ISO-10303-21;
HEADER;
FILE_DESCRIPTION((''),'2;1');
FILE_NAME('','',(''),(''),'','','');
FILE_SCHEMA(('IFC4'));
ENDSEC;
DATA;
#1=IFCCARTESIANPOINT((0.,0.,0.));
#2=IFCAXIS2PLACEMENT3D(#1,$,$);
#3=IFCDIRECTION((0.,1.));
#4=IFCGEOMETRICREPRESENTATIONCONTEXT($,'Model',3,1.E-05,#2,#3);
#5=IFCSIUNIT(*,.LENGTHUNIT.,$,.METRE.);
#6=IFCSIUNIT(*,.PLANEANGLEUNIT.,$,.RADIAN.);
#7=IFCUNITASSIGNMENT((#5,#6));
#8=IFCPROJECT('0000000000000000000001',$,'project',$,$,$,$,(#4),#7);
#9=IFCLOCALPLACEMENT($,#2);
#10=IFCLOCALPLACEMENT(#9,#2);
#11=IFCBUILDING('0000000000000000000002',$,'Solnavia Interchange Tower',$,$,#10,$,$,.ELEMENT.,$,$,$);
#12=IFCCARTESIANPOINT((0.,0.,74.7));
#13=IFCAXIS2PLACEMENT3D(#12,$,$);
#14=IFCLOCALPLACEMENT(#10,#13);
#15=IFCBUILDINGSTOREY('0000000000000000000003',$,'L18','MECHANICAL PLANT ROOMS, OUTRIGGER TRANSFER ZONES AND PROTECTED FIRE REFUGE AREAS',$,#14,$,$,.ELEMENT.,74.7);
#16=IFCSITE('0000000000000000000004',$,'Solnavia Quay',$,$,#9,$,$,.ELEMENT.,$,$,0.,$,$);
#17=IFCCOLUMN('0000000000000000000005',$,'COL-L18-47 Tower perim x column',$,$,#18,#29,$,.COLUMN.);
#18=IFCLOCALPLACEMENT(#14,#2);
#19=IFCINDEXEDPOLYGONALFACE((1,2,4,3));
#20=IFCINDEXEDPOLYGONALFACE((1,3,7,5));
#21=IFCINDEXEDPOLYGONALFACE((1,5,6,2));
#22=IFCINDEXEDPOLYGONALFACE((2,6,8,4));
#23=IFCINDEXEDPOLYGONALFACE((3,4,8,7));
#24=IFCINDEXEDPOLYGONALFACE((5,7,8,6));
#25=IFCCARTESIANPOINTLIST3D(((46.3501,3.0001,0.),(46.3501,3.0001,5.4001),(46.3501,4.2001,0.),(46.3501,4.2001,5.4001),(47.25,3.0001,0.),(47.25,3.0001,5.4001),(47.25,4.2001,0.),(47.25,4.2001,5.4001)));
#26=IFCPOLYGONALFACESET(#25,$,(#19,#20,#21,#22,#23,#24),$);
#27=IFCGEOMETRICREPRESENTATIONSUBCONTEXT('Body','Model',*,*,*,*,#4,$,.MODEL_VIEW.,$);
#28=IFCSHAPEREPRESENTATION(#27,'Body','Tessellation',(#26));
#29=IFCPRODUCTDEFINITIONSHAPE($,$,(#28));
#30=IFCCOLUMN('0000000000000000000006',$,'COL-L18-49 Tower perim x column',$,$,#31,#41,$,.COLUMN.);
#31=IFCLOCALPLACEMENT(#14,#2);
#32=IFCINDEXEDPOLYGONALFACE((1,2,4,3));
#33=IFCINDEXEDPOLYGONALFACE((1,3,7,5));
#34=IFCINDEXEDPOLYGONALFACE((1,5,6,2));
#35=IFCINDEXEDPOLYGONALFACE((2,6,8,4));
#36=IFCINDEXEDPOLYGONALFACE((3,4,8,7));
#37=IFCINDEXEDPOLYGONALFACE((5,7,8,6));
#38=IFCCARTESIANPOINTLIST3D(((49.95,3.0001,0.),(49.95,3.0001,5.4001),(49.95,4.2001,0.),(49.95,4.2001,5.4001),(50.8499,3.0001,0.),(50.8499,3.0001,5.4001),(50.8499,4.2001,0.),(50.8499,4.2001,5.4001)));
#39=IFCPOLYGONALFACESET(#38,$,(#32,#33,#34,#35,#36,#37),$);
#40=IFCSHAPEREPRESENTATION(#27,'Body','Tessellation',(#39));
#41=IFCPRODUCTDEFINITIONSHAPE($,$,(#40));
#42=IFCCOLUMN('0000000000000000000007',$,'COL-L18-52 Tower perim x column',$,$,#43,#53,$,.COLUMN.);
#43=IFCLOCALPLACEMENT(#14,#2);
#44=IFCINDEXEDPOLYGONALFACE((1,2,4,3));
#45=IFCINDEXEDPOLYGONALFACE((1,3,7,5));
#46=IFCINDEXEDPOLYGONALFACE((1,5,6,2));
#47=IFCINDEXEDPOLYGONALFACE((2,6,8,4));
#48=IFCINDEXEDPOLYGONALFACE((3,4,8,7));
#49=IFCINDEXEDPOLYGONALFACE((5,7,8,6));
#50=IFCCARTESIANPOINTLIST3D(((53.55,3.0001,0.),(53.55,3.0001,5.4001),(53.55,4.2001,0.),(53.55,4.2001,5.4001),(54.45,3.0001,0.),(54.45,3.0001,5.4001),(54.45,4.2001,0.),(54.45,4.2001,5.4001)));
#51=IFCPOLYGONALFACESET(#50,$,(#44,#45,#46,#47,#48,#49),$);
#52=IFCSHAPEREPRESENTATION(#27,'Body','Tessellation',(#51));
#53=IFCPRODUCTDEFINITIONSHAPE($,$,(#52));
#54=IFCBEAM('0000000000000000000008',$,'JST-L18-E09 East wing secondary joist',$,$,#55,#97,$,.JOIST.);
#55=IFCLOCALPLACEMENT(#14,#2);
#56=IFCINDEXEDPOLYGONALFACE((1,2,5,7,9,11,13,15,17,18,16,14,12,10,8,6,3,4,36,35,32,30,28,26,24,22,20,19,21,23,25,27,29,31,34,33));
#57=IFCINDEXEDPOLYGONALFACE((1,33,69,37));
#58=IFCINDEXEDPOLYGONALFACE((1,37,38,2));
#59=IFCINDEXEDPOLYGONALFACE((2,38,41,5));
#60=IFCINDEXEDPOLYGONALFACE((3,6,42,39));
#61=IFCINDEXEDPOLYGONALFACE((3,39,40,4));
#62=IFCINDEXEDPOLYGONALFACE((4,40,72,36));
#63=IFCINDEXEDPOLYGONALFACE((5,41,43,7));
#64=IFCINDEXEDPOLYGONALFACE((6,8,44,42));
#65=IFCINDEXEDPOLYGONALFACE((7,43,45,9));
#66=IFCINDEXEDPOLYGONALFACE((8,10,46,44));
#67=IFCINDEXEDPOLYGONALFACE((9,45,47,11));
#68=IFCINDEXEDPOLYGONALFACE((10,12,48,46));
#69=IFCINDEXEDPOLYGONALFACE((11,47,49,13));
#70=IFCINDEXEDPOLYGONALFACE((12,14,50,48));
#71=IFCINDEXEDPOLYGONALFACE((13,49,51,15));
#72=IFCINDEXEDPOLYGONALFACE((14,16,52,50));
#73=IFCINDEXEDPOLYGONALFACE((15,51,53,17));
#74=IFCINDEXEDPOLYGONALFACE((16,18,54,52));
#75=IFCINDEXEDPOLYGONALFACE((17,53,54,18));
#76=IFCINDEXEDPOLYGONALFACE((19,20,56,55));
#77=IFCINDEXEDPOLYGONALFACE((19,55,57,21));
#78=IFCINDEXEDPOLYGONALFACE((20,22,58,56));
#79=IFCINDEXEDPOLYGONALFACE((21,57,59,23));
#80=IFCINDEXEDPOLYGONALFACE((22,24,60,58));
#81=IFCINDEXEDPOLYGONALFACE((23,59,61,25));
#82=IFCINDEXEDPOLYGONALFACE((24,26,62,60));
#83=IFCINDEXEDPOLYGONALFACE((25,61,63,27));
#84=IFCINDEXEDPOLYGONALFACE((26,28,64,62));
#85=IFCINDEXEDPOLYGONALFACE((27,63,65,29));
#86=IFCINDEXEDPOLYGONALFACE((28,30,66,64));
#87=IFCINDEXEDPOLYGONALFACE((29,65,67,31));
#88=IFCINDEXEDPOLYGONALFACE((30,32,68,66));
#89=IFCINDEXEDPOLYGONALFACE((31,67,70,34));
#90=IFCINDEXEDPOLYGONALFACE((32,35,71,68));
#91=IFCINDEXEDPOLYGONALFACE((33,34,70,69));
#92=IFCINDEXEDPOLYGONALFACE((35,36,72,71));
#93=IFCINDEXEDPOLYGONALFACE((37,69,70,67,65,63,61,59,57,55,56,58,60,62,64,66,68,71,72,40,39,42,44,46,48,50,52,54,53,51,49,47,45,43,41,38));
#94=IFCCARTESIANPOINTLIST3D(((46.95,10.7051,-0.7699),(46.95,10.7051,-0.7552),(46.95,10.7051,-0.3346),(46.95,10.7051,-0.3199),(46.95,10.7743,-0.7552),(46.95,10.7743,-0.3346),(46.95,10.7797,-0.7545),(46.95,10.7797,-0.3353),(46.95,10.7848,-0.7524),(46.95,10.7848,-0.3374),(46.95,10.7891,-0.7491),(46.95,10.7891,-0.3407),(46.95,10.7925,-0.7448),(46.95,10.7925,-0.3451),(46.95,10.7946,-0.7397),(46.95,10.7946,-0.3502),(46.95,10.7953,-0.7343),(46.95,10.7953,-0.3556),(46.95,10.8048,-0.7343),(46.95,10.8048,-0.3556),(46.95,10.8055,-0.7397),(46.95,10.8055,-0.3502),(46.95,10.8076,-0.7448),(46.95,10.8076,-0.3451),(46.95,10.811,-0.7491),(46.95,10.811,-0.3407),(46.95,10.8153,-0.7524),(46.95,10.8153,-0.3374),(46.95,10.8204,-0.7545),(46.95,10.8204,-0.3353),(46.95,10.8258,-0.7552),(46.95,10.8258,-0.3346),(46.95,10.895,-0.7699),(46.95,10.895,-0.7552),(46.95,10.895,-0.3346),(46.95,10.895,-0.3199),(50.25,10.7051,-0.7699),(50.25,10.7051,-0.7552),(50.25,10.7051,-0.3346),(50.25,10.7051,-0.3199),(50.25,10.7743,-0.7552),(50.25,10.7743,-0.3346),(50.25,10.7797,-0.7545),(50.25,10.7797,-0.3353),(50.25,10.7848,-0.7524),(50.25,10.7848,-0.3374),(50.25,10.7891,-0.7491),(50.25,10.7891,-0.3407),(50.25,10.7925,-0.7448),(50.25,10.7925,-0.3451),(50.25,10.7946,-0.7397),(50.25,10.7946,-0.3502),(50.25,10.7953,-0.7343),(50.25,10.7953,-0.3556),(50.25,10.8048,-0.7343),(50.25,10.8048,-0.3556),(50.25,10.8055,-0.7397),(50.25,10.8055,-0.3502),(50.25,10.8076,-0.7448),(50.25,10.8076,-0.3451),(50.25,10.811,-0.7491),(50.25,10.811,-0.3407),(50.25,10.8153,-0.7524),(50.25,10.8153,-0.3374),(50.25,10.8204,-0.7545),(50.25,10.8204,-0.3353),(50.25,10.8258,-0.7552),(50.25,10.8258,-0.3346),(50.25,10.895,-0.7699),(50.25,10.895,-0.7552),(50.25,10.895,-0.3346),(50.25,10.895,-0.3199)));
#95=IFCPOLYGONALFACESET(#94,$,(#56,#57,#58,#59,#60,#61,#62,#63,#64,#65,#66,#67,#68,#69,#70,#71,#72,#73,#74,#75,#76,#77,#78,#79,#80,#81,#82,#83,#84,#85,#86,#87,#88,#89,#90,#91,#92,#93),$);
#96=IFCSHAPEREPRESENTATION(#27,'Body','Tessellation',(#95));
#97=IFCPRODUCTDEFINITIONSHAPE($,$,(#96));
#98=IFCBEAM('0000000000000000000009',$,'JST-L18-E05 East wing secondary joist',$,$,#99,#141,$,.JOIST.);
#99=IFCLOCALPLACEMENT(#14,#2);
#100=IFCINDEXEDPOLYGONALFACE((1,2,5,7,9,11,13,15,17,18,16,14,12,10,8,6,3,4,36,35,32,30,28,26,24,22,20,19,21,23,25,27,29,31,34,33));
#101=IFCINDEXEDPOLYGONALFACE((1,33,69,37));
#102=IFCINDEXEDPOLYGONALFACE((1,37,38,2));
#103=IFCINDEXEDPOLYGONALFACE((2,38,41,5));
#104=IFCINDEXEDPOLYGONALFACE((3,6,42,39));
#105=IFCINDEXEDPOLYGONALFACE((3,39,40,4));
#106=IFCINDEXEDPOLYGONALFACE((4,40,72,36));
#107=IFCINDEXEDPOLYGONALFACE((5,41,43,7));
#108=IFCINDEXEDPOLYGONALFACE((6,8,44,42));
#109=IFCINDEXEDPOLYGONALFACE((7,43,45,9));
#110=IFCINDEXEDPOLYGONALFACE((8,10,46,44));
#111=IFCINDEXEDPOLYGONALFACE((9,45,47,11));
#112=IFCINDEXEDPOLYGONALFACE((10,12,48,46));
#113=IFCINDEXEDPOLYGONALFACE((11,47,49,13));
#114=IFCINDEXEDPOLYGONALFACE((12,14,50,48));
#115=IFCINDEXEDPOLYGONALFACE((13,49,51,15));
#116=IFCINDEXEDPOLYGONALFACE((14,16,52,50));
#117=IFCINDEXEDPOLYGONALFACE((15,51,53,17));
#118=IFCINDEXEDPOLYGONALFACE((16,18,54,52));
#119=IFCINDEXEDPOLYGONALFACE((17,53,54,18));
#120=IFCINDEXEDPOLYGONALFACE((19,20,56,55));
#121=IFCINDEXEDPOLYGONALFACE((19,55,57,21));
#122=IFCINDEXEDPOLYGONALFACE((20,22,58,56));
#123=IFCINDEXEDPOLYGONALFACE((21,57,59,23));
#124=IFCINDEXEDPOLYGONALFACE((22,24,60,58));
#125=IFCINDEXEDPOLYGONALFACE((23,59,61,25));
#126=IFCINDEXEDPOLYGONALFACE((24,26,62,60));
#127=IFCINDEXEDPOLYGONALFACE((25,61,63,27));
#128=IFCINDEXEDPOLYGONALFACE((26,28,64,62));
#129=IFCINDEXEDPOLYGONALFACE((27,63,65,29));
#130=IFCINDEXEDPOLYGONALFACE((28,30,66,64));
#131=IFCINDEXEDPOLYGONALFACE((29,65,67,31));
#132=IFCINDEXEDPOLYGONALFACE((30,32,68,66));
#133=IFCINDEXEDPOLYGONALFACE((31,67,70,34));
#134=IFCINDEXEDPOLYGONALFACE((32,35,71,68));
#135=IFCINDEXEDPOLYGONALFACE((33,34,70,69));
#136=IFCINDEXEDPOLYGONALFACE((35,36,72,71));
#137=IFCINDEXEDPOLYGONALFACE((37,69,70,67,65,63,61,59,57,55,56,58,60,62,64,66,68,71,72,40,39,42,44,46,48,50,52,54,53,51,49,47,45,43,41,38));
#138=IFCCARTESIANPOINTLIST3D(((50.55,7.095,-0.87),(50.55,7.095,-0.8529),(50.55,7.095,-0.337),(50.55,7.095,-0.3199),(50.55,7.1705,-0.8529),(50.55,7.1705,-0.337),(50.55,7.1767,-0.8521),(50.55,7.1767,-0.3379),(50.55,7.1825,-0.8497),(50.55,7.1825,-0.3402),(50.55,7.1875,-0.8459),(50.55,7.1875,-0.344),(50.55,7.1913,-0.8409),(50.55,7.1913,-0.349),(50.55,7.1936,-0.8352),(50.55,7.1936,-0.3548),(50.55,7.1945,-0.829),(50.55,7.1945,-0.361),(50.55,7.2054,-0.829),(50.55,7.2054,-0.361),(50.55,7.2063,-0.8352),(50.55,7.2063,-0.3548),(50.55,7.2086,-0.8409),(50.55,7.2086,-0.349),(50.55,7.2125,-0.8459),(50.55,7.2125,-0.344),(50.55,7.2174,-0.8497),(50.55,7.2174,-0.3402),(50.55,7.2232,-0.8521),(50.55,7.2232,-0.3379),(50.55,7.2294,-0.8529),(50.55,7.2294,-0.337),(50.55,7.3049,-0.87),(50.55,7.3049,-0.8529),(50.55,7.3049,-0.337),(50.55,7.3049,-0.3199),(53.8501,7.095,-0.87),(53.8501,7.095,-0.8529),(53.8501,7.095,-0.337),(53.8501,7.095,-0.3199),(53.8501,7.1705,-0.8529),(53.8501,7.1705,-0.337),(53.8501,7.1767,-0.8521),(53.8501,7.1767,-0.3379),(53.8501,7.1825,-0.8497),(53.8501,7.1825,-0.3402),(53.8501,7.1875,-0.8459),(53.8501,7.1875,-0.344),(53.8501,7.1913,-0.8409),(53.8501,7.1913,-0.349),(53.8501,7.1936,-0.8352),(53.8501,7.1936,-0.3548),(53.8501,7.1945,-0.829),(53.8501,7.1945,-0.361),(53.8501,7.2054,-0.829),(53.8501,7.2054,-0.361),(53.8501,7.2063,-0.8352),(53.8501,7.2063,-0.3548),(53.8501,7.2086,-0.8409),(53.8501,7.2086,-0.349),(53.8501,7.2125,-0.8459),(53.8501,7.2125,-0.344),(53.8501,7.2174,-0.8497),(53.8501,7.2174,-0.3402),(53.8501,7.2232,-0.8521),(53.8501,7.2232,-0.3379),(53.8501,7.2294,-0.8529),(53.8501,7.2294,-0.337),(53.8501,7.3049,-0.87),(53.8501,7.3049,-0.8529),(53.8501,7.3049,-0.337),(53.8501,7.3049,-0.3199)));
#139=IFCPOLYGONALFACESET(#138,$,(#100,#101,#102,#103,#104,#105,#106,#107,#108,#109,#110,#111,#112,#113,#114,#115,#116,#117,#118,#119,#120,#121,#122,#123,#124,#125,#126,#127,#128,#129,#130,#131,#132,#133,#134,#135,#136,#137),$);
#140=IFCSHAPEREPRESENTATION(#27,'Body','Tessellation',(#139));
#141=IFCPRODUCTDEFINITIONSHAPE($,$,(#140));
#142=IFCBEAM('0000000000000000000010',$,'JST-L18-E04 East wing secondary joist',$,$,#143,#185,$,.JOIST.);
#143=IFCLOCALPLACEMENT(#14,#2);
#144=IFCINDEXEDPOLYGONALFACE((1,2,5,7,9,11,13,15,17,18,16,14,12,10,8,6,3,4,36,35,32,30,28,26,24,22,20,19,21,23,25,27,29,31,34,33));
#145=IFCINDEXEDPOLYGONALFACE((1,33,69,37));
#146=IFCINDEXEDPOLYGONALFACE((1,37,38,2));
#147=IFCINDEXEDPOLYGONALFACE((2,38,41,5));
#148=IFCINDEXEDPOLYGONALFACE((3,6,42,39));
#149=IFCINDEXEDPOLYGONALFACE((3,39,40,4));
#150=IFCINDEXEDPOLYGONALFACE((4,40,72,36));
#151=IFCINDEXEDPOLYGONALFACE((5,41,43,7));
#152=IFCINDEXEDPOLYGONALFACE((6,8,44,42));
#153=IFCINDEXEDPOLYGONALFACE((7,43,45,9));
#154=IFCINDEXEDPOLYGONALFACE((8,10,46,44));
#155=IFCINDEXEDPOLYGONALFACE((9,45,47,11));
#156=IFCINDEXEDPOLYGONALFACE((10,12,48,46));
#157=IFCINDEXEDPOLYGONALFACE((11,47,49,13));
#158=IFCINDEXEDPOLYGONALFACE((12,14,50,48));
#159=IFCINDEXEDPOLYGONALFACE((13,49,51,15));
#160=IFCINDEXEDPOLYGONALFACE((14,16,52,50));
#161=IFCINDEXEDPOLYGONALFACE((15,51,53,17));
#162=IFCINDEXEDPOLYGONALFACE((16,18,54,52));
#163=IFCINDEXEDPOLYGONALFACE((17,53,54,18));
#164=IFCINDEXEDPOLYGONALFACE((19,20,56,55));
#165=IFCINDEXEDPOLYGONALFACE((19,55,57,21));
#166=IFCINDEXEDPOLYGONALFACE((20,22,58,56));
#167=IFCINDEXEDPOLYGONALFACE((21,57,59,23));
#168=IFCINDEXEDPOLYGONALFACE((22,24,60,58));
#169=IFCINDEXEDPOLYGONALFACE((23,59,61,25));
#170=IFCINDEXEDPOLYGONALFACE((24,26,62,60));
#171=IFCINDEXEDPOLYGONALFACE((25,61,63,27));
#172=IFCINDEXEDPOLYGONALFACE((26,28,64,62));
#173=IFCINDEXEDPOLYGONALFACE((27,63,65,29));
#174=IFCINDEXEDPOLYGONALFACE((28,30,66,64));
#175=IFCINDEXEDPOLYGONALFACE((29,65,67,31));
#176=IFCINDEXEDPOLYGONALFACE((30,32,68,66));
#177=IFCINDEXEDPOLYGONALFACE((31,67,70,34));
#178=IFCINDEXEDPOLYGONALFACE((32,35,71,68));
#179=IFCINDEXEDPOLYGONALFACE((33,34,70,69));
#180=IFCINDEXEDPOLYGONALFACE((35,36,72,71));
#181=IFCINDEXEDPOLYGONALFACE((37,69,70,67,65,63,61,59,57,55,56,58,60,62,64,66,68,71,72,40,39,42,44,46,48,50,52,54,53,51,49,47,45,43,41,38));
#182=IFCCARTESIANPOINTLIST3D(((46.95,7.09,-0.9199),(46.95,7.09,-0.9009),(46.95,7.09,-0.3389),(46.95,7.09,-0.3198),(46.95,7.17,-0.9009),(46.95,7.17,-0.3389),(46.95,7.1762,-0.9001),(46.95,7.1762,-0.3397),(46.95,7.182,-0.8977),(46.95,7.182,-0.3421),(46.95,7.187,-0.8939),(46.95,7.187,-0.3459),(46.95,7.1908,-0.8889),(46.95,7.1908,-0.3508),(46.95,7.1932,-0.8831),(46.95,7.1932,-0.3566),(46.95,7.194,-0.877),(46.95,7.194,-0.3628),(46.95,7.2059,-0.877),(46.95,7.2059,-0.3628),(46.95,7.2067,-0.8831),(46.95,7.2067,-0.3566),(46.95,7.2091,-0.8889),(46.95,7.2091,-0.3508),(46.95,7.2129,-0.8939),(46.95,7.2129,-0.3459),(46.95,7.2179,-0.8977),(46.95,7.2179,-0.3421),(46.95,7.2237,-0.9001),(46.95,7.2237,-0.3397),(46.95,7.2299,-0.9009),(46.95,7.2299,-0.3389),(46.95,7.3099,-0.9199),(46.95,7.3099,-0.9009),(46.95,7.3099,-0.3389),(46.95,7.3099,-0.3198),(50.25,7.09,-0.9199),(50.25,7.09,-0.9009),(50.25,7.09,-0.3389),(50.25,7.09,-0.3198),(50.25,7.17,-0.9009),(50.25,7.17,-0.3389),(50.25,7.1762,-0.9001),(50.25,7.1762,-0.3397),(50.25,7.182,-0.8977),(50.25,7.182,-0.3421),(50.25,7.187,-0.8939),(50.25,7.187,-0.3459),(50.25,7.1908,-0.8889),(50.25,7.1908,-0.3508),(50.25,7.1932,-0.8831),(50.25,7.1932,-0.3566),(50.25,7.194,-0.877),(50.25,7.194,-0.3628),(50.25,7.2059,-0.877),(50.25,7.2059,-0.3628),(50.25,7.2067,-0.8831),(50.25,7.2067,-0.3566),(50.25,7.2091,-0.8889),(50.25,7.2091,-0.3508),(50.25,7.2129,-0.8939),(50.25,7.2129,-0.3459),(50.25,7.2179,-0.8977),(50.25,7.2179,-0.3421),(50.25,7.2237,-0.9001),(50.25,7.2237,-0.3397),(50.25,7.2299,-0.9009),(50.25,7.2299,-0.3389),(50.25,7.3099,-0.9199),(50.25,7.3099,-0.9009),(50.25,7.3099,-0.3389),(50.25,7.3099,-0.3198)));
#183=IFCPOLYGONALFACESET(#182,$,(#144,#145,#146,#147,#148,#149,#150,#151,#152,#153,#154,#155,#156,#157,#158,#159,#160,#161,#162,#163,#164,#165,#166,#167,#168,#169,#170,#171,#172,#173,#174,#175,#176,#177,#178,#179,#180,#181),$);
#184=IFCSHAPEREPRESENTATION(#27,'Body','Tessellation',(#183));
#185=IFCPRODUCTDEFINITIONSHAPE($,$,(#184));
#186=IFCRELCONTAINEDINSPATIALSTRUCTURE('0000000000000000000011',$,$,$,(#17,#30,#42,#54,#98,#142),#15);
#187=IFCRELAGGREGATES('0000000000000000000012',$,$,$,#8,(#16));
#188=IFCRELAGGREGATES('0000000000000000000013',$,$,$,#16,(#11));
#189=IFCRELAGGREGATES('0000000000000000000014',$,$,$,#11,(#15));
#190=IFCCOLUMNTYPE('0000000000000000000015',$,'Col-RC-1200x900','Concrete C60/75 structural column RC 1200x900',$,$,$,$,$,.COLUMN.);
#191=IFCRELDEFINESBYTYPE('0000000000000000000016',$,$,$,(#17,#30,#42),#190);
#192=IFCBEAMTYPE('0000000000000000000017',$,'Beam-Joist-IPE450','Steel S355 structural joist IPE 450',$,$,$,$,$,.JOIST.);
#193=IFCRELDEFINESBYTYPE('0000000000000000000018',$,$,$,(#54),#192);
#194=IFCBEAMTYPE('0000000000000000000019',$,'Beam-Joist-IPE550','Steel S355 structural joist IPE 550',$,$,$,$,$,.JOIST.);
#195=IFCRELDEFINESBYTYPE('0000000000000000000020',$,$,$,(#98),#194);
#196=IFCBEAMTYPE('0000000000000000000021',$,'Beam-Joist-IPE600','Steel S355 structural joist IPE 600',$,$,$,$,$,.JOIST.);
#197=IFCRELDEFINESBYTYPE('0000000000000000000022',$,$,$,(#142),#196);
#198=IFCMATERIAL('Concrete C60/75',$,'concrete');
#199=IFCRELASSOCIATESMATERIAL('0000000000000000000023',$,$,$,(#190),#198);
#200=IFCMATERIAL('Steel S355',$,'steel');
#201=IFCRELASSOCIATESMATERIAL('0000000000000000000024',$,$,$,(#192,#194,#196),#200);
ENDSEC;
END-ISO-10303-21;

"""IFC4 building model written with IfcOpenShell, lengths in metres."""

from ifc_helpers import new_model, si_unit, direction, frame, origin, origin_2d, place, context, subcontext, project, spatial, rectangle, i_section, extrude, material, material_profile, profile_set, type_object, element, save


model = new_model("IFC4")

# Units and contexts
model_context = context("Model", 3, precision=1e-05, world=origin(), true_north=direction((0.0, 1.0)))
body_context = subcontext(model_context, "Body", "Model", "MODEL_VIEW")
ifc_project = project(units=[si_unit("LENGTHUNIT", "METRE"), si_unit("PLANEANGLEUNIT", "RADIAN")], contexts=[model_context])

# Site, building, storey
site_placement = place(None, origin())
site = spatial("IfcSite", under=ifc_project, at=site_placement, Name="Solnavia Quay", CompositionType="ELEMENT", RefElevation=0.0)
building_placement = place(site_placement, origin())
building = spatial("IfcBuilding", under=site, at=building_placement, Name="Solnavia Interchange Tower", CompositionType="ELEMENT")
storey_placement = place(building_placement, frame((0.0, 0.0, 74.7)))
storey = spatial("IfcBuildingStorey", under=building, at=storey_placement, Name="L18", Description="MECHANICAL PLANT ROOMS, OUTRIGGER TRANSFER ZONES AND PROTECTED FIRE REFUGE AREAS", CompositionType="ELEMENT", Elevation=74.7)

# Columns
ifc_material_1 = material(Name="Concrete C60/75", Category="concrete")
ifc_material_profile_1 = material_profile(ifc_material_1, rectangle(XDim=0.8999, YDim=1.2, at=origin_2d()), Name="RC 1200x900")
ifc_profile_set_1 = profile_set([ifc_material_profile_1], Name="Concrete C60/75")
column_type = type_object("IfcColumnType", Name="Col-RC-1200x900", Description="Concrete C60/75 structural column RC 1200x900", PredefinedType="COLUMN", material=ifc_profile_set_1)
for number, where, z_axis, x_axis, name in (
    (1, (46.8, 3.6001, 0.0), (0.0, 0.0, 1.0), (1.0, 0.0, 0.0), "COL-L18-47 Tower perim x column"),
    (2, (50.3999, 3.6001, 0.0), (0.0, 0.0, 1.0), (1.0, 0.0, 0.0), "COL-L18-49 Tower perim x column"),
    (3, (54.0, 3.6001, 0.0), (0.0, 0.0, 1.0), (1.0, 0.0, 0.0), "COL-L18-52 Tower perim x column"),
):
    element("IfcColumn", number, at=place(storey_placement, frame(where, z_axis=z_axis, x_axis=x_axis)), inside=storey, type_object=column_type, Name=name, PredefinedType="COLUMN", context=body_context, shape_type="SweptSolid", body=[
        extrude(rectangle(XDim=0.8999, YDim=1.2, at=origin_2d()), origin(), (0.0, 0.0, 1.0), 5.4001),
    ])

# Beams
ifc_material_2 = material(Name="Steel S355", Category="steel")
ifc_material_profile_2 = material_profile(ifc_material_2, i_section(OverallWidth=0.1899, OverallDepth=0.45, WebThickness=0.0095, FlangeThickness=0.0146, FilletRadius=0.021, at=origin_2d()), Name="IPE 450")
ifc_profile_set_2 = profile_set([ifc_material_profile_2], Name="Steel S355")
beam_type_1 = type_object("IfcBeamType", Name="Beam-Joist-IPE450", Description="Steel S355 structural joist IPE 450", PredefinedType="JOIST", material=ifc_profile_set_2)
beam_1_placement = place(storey_placement, frame((46.95, 10.8, -0.5449), z_axis=(1.0, 0.0, 0.0), x_axis=(0.0, 1.0, 0.0)))
element("IfcBeam", 4, at=beam_1_placement, inside=storey, type_object=beam_type_1, Name="JST-L18-E09 East wing secondary joist", PredefinedType="JOIST", context=body_context, shape_type="SweptSolid", body=[
    extrude(i_section(OverallWidth=0.1899, OverallDepth=0.45, WebThickness=0.0095, FlangeThickness=0.0146, FilletRadius=0.021, at=origin_2d()), origin(), (0.0, 0.0, 1.0), 3.3),
])
ifc_material_profile_3 = material_profile(ifc_material_2, i_section(OverallWidth=0.21, OverallDepth=0.55, WebThickness=0.011, FlangeThickness=0.0171, FilletRadius=0.0239, at=origin_2d()), Name="IPE 550")
ifc_profile_set_3 = profile_set([ifc_material_profile_3], Name="Steel S355")
beam_type_2 = type_object("IfcBeamType", Name="Beam-Joist-IPE550", Description="Steel S355 structural joist IPE 550", PredefinedType="JOIST", material=ifc_profile_set_3)
beam_2_placement = place(storey_placement, frame((50.55, 7.2, -0.595), z_axis=(1.0, 0.0, 0.0), x_axis=(0.0, 1.0, 0.0)))
element("IfcBeam", 5, at=beam_2_placement, inside=storey, type_object=beam_type_2, Name="JST-L18-E05 East wing secondary joist", PredefinedType="JOIST", context=body_context, shape_type="SweptSolid", body=[
    extrude(i_section(OverallWidth=0.21, OverallDepth=0.55, WebThickness=0.011, FlangeThickness=0.0171, FilletRadius=0.0239, at=origin_2d()), origin(), (0.0, 0.0, 1.0), 3.3),
])
ifc_material_profile_4 = material_profile(ifc_material_2, i_section(OverallWidth=0.22, OverallDepth=0.6001, WebThickness=0.012, FlangeThickness=0.019, FilletRadius=0.0239, at=origin_2d()), Name="IPE 600")
ifc_profile_set_4 = profile_set([ifc_material_profile_4], Name="Steel S355")
beam_type_3 = type_object("IfcBeamType", Name="Beam-Joist-IPE600", Description="Steel S355 structural joist IPE 600", PredefinedType="JOIST", material=ifc_profile_set_4)
for number, where, z_axis, x_axis, name in (
    (6, (46.95, 7.2, -0.6199), (1.0, 0.0, 0.0), (0.0, 1.0, 0.0), "JST-L18-E04 East wing secondary joist"),
):
    element("IfcBeam", number, at=place(storey_placement, frame(where, z_axis=z_axis, x_axis=x_axis)), inside=storey, type_object=beam_type_3, Name=name, PredefinedType="JOIST", context=body_context, shape_type="SweptSolid", body=[
        extrude(i_section(OverallWidth=0.22, OverallDepth=0.6001, WebThickness=0.012, FlangeThickness=0.019, FilletRadius=0.0239, at=origin_2d()), origin(), (0.0, 0.0, 1.0), 3.3),
    ])

save(model, "model.ifc")
